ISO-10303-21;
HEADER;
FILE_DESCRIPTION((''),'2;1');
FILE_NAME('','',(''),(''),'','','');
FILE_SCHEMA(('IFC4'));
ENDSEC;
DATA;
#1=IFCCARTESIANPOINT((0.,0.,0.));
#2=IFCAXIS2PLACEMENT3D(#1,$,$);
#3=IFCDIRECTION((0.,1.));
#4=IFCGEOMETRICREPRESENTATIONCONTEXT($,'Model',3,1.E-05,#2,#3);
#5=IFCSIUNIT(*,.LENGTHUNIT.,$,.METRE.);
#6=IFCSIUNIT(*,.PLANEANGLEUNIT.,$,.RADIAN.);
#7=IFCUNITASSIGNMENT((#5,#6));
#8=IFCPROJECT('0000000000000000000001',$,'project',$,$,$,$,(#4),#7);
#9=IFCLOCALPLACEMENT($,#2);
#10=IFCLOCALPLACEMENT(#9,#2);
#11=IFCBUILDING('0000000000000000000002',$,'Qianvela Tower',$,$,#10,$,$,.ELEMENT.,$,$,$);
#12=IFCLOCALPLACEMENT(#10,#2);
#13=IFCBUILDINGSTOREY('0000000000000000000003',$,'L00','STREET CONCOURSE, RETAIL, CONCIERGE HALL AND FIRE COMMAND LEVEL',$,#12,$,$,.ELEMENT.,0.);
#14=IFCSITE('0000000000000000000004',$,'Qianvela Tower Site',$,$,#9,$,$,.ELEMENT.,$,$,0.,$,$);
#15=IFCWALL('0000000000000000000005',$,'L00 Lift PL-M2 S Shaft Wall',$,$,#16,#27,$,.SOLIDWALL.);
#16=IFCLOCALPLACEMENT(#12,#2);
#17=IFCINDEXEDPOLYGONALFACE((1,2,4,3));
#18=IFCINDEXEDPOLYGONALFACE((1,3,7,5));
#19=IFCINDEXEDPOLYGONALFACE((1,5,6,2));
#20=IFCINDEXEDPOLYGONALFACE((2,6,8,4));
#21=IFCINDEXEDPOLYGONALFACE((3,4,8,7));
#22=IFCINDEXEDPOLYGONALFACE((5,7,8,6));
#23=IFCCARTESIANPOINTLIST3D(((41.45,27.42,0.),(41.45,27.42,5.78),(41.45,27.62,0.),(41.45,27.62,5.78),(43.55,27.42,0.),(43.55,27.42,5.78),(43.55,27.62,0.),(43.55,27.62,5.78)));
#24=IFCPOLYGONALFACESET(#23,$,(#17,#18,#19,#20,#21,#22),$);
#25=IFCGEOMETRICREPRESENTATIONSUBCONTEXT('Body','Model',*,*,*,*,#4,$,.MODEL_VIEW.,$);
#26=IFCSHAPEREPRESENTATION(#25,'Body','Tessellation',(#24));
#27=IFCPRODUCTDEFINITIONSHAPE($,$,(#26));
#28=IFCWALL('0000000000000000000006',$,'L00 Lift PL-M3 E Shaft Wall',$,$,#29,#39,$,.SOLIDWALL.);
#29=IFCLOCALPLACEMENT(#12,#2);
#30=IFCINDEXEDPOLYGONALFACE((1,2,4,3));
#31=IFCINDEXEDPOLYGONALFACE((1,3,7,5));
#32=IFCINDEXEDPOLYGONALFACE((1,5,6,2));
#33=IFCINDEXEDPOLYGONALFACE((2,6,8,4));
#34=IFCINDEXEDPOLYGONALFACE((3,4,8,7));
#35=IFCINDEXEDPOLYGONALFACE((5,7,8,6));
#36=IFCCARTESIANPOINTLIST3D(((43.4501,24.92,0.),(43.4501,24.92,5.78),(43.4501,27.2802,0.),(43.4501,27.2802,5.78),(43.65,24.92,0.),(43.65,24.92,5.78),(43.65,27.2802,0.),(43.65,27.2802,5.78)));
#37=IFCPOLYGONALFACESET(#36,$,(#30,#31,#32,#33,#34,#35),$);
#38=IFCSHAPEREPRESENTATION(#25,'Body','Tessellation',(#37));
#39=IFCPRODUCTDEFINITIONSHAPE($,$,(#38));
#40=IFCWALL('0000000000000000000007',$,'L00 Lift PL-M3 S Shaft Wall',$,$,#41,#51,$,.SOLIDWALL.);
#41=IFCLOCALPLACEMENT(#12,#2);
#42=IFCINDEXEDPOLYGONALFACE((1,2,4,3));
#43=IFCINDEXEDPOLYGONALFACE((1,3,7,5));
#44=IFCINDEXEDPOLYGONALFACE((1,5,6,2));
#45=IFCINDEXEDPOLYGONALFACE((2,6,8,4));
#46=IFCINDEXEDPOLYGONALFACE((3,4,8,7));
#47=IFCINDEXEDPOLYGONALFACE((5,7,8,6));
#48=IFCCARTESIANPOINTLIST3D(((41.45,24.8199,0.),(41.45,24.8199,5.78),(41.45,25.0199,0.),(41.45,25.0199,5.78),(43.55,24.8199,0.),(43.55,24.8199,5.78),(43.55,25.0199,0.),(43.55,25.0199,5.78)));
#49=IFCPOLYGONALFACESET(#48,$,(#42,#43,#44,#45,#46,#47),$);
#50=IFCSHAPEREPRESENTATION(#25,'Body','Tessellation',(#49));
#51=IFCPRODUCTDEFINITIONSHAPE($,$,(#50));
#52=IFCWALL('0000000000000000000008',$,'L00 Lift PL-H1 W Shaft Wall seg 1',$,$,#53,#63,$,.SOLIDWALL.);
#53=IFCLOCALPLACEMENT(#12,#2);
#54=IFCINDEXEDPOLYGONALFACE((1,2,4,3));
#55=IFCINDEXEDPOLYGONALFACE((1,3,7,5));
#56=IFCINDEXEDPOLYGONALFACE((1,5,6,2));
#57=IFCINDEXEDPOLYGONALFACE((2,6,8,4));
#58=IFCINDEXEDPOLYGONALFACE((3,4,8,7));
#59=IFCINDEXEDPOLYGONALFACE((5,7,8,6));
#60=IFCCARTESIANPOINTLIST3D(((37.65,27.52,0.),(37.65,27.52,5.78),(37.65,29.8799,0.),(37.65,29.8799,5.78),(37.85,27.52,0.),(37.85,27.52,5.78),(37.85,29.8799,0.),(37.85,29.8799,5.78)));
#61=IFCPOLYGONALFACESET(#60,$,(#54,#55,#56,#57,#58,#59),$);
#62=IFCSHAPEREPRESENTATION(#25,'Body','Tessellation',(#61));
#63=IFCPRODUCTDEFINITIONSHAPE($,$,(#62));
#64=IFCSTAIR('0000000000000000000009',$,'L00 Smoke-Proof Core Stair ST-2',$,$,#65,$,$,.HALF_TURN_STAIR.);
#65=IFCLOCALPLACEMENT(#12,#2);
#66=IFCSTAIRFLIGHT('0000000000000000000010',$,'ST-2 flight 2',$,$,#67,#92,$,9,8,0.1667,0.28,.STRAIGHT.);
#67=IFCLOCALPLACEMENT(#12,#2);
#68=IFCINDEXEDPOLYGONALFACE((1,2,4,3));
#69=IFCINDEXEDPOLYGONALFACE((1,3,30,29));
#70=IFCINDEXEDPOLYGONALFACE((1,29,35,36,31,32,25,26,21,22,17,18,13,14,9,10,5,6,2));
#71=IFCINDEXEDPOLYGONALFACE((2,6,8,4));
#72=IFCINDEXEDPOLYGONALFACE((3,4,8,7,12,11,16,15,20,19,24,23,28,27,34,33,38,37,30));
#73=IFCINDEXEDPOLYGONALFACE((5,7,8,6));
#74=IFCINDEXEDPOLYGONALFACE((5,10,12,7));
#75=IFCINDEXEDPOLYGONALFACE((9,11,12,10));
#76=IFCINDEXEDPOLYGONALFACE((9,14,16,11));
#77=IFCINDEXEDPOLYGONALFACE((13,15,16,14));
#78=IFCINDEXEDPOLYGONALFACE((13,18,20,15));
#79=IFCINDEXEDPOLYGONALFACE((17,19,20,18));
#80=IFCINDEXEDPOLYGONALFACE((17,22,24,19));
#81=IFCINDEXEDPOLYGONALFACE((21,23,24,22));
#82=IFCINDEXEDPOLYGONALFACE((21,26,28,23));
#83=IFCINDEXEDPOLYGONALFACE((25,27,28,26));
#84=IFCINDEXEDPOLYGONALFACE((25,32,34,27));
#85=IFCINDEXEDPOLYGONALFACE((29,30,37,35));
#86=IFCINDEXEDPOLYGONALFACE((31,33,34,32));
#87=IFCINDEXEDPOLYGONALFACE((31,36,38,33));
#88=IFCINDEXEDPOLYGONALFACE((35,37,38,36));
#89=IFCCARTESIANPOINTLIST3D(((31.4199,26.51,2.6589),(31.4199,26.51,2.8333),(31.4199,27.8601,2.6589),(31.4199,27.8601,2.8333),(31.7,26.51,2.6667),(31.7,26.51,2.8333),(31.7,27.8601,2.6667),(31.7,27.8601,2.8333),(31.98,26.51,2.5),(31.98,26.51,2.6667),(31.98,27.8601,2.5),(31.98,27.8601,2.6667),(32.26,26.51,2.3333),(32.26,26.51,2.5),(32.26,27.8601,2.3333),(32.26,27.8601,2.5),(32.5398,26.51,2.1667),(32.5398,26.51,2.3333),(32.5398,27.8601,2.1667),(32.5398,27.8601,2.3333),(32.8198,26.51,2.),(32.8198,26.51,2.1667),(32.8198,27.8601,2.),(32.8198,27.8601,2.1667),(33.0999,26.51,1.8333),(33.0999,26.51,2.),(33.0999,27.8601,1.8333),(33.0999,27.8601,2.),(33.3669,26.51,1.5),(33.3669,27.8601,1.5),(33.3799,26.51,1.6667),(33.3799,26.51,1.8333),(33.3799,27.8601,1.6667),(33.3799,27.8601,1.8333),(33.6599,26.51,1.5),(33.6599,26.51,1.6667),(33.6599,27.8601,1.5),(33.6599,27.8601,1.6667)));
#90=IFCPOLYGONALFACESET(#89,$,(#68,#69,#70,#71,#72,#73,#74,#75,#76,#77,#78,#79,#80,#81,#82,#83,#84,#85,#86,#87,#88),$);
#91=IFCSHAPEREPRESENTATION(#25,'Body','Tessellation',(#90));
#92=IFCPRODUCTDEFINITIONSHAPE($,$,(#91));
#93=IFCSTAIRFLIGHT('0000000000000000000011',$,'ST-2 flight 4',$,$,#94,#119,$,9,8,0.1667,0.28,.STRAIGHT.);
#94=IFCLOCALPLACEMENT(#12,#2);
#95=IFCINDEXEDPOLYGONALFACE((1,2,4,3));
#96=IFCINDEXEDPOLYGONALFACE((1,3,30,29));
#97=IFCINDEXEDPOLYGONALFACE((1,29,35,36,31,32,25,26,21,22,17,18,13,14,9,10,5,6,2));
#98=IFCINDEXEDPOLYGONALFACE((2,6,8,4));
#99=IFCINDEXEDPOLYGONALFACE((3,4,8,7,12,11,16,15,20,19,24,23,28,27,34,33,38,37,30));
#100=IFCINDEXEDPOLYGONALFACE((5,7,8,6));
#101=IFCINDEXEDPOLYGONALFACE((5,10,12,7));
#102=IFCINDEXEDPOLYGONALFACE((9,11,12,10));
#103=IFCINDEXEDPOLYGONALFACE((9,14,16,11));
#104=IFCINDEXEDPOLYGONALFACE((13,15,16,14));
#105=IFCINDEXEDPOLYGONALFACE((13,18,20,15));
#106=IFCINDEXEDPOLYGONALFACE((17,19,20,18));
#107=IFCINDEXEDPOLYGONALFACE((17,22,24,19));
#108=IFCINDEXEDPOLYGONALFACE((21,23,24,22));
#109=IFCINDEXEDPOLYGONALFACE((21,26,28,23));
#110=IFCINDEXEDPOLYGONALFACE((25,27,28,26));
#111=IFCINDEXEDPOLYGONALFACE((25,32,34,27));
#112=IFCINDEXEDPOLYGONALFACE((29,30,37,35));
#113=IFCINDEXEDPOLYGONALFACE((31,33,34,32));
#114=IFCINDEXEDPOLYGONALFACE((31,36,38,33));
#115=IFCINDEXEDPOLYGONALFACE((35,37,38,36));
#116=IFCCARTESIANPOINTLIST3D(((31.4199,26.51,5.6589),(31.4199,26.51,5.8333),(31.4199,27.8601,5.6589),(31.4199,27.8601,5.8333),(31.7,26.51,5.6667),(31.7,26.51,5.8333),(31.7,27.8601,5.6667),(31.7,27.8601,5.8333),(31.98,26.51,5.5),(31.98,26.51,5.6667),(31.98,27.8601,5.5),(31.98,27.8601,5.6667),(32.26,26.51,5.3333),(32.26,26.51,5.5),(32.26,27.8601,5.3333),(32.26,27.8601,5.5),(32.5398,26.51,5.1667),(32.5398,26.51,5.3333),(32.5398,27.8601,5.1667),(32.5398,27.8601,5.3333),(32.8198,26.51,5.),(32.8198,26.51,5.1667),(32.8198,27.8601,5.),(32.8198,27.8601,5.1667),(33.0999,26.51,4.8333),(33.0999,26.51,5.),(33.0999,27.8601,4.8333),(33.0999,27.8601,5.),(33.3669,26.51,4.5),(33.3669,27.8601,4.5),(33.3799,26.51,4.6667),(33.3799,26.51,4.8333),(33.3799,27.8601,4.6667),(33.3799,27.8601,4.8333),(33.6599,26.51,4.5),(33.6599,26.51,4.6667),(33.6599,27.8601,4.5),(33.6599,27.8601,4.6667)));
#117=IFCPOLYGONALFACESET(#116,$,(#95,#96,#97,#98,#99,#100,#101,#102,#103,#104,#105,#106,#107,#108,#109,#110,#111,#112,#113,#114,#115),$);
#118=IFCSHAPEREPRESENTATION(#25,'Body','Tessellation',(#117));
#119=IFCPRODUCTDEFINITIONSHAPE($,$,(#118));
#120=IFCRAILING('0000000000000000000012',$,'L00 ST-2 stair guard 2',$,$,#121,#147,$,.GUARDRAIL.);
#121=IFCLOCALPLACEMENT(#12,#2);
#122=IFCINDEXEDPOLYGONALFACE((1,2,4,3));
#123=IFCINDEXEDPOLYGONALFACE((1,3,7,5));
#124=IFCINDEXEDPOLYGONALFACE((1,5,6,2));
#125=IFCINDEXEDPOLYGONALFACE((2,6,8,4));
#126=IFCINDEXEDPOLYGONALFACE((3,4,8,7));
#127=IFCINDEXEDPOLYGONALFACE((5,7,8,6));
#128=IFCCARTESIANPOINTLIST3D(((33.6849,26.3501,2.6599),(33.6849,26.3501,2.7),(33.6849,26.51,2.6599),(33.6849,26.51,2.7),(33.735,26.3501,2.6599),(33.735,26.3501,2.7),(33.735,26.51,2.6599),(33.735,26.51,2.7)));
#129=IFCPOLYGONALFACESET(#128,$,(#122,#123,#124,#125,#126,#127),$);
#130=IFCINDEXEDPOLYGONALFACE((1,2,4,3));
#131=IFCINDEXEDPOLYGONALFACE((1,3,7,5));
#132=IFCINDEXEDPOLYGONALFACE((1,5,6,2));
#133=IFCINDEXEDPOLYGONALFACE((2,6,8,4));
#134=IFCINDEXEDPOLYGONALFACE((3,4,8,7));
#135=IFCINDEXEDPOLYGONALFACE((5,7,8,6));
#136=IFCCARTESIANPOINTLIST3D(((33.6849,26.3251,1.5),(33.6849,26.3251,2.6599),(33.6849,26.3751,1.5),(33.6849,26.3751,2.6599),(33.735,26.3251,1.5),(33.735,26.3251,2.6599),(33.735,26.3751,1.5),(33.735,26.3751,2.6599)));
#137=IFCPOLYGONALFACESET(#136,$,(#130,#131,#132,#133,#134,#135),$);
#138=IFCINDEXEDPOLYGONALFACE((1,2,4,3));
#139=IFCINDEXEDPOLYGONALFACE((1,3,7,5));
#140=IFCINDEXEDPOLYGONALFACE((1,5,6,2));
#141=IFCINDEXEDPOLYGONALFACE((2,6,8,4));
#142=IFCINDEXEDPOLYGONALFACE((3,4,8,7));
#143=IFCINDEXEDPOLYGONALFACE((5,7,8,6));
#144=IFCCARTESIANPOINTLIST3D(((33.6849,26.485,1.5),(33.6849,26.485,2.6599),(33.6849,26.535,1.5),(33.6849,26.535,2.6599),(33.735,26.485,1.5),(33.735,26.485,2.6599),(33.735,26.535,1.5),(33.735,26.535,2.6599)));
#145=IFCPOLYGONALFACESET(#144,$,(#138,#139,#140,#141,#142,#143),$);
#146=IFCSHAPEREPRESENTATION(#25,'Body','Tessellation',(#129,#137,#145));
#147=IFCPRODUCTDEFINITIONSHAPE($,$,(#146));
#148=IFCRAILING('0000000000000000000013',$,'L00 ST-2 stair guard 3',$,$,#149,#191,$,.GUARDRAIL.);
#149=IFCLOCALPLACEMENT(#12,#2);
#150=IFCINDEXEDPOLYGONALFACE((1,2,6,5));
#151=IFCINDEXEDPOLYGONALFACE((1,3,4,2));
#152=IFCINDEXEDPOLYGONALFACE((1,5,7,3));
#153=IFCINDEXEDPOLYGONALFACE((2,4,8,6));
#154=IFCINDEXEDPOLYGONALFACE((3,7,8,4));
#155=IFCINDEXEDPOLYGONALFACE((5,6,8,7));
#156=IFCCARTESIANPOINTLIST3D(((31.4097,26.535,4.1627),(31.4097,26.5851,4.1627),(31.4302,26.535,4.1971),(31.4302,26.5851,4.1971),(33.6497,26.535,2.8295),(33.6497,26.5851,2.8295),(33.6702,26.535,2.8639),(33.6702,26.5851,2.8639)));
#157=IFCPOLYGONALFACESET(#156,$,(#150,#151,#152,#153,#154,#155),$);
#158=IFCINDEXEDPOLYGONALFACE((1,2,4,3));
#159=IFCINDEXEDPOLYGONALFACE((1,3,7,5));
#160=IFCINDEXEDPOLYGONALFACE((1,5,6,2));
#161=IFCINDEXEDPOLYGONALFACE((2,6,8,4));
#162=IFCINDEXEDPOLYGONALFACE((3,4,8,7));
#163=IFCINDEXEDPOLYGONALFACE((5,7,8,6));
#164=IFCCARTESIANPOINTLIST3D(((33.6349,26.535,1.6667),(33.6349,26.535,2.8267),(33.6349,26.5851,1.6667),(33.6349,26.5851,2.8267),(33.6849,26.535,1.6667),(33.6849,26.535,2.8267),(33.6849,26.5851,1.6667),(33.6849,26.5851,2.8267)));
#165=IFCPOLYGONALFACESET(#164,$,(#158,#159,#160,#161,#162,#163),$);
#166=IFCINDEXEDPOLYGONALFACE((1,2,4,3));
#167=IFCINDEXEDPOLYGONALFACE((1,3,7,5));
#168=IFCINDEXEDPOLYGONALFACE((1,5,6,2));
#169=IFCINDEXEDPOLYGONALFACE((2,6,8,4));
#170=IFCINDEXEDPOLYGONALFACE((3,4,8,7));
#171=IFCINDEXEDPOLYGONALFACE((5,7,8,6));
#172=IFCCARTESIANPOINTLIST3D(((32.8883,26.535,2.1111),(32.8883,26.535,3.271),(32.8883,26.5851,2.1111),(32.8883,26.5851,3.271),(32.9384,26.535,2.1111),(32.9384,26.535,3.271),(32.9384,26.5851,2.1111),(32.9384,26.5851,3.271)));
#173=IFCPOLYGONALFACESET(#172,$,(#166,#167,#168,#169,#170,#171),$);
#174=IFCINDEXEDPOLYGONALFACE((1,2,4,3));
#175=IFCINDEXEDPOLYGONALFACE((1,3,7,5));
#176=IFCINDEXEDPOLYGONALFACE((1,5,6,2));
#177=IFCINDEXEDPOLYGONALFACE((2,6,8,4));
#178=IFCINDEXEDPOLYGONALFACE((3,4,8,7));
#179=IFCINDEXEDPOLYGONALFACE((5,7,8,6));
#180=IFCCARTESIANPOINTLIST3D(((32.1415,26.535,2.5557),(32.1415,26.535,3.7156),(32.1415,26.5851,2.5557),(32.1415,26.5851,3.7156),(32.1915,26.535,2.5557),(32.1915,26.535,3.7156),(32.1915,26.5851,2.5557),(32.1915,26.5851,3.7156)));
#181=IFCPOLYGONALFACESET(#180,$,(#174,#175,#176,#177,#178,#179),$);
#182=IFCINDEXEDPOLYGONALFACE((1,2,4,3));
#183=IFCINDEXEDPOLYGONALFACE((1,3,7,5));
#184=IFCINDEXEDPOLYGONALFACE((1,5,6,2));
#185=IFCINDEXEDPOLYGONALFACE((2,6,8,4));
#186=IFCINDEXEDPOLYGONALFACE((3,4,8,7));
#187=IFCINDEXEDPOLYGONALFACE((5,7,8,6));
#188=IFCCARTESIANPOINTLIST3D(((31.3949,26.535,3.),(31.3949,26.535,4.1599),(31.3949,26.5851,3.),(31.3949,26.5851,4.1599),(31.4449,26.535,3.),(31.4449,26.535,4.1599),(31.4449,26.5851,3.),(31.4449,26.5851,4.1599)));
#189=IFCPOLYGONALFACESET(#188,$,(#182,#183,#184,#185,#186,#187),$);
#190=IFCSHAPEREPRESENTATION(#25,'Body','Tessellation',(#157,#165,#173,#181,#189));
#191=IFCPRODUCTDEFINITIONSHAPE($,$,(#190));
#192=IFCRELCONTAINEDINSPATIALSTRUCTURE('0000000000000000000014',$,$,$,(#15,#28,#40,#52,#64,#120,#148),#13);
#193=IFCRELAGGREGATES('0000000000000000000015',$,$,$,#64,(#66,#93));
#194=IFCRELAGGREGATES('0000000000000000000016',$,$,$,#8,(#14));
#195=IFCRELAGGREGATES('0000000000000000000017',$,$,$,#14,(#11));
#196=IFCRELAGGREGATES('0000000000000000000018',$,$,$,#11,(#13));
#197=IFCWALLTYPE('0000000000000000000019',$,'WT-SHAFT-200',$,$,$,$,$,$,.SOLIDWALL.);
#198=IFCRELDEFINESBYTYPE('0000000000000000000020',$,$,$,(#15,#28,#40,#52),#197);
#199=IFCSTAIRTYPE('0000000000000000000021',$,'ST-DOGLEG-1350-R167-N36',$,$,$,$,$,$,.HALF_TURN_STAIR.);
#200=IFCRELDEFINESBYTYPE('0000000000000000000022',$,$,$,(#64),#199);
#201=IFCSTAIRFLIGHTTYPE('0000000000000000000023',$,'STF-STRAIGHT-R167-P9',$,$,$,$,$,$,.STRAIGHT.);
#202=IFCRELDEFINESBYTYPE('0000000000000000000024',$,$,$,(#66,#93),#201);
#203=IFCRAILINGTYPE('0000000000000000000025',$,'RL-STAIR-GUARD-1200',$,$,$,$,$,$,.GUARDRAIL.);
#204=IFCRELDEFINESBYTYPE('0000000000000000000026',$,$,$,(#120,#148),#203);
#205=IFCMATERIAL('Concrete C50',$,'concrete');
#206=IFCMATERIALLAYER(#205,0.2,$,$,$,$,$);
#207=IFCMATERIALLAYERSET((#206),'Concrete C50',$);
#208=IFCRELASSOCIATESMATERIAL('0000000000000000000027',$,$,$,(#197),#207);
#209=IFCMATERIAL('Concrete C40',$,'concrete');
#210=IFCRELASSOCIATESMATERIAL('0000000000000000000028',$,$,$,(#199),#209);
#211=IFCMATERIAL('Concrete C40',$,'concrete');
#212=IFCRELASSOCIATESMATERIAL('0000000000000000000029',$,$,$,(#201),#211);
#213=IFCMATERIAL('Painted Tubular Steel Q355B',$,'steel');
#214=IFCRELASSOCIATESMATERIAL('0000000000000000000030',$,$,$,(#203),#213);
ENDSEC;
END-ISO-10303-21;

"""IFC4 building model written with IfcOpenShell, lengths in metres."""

from ifc_helpers import new_model, si_unit, direction, frame, frame_2d, origin, origin_2d, place, context, subcontext, project, spatial, polyline, rectangle, outline, extrude, material, layer, layer_set, type_object, element, aggregate, save


model = new_model("IFC4")

# Units and contexts
model_context = context("Model", 3, precision=1e-05, world=origin(), true_north=direction((0.0, 1.0)))
body_context = subcontext(model_context, "Body", "Model", "MODEL_VIEW")
ifc_project = project(units=[si_unit("LENGTHUNIT", "METRE"), si_unit("PLANEANGLEUNIT", "RADIAN")], contexts=[model_context])

# Site, building, storey
site_placement = place(None, origin())
site = spatial("IfcSite", under=ifc_project, at=site_placement, Name="Qianvela Tower Site", CompositionType="ELEMENT", RefElevation=0.0)
building_placement = place(site_placement, origin())
building = spatial("IfcBuilding", under=site, at=building_placement, Name="Qianvela Tower", CompositionType="ELEMENT")
storey_placement = place(building_placement, origin())
storey = spatial("IfcBuildingStorey", under=building, at=storey_placement, Name="L00", Description="STREET CONCOURSE, RETAIL, CONCIERGE HALL AND FIRE COMMAND LEVEL", CompositionType="ELEMENT", Elevation=0.0)

# Shared definitions
ifc_material_1 = material(Name="Concrete C50", Category="concrete")
ifc_layer_1 = layer(ifc_material_1, 0.2)
ifc_layer_set_1 = layer_set([ifc_layer_1], Name="Concrete C50")
wall_type_1 = type_object("IfcWallType", Name="WT-SHAFT-200", PredefinedType="SOLIDWALL", material=ifc_layer_set_1)

# Walls
wall_1_placement = place(storey_placement, frame((41.45, 27.52, 0.0), z_axis=(0.0, 0.0, 1.0), x_axis=(1.0, 0.0, 0.0)))
element("IfcWall", 1, at=wall_1_placement, inside=storey, type_object=wall_type_1, Name="L00 Lift PL-M2 S Shaft Wall", PredefinedType="SOLIDWALL", context=body_context, shape_type="SweptSolid", body=[
    extrude(rectangle(XDim=2.1001, YDim=0.2, at=frame_2d((1.05, 0.0))), origin(), (0.0, 0.0, 1.0), 5.78),
])
wall_2_placement = place(storey_placement, frame((43.55, 24.9199, 0.0), z_axis=(0.0, 0.0, 1.0), x_axis=(0.0, 1.0, 0.0)))
element("IfcWall", 2, at=wall_2_placement, inside=storey, type_object=wall_type_1, Name="L00 Lift PL-M3 E Shaft Wall", PredefinedType="SOLIDWALL", context=body_context, shape_type="SweptSolid", body=[
    extrude(rectangle(XDim=2.3601, YDim=0.2, at=frame_2d((1.1802, 0.0))), origin(), (0.0, 0.0, 1.0), 5.78),
])

# Wall
wall_3_placement = place(storey_placement, frame((41.45, 24.9199, 0.0), z_axis=(0.0, 0.0, 1.0), x_axis=(1.0, 0.0, 0.0)))
element("IfcWall", 3, at=wall_3_placement, inside=storey, type_object=wall_type_1, Name="L00 Lift PL-M3 S Shaft Wall", PredefinedType="SOLIDWALL", context=body_context, shape_type="SweptSolid", body=[
    extrude(rectangle(XDim=2.1001, YDim=0.2, at=frame_2d((1.05, 0.0))), origin(), (0.0, 0.0, 1.0), 5.78),
])

# Wall
wall_4_placement = place(storey_placement, frame((37.75, 27.52, 0.0), z_axis=(0.0, 0.0, 1.0), x_axis=(0.0, 1.0, 0.0)))
element("IfcWall", 4, at=wall_4_placement, inside=storey, type_object=wall_type_1, Name="L00 Lift PL-H1 W Shaft Wall seg 1", PredefinedType="SOLIDWALL", context=body_context, shape_type="SweptSolid", body=[
    extrude(rectangle(XDim=2.3599, YDim=0.2, at=frame_2d((1.1799, 0.0))), origin(), (0.0, 0.0, 1.0), 5.78),
])

# Stair, stair flights
ifc_material_2 = material(Name="Concrete C40", Category="concrete")
stair_type = type_object("IfcStairType", Name="ST-DOGLEG-1350-R167-N36", PredefinedType="HALF_TURN_STAIR", material=ifc_material_2)
stair_placement = place(storey_placement, origin())
stair = element("IfcStair", 5, at=stair_placement, inside=storey, type_object=stair_type, Name="L00 Smoke-Proof Core Stair ST-2", PredefinedType="HALF_TURN_STAIR")
ifc_material_3 = material(Name="Concrete C40", Category="concrete")
stair_flight_type = type_object("IfcStairFlightType", Name="STF-STRAIGHT-R167-P9", PredefinedType="STRAIGHT", material=ifc_material_3)
stair_flight_1_placement = place(storey_placement, frame((33.6599, 27.1851, 1.5), z_axis=(0.0, 0.0, 1.0), x_axis=(-1.0, 0.0, 0.0)))
stair_flight_1 = element("IfcStairFlight", 6, at=stair_flight_1_placement, type_object=stair_flight_type, Name="ST-2 flight 2", NumberOfRisers=9, NumberOfTreads=8, PredefinedType="STRAIGHT", RiserHeight=0.1667, TreadLength=0.28, context=body_context, shape_type="SweptSolid", body=[
    extrude(outline(polyline([(0.0, 0.0), (0.0, 0.1667), (0.28, 0.1667), (0.28, 0.3333), (0.5601, 0.3333), (0.5601, 0.5), (0.8401, 0.5), (0.8401, 0.6667), (1.1201, 0.6667), (1.1201, 0.8333), (1.3999, 0.8333), (1.3999, 1.0), (1.6799, 1.0), (1.6799, 1.1667), (1.96, 1.1667), (1.96, 1.3333), (2.24, 1.3333), (2.24, 1.5), (2.24, 1.1589), (0.293, 0.0), (0.0, 0.0)])), frame((0.0, 0.675, 0.0), z_axis=(0.0, -1.0, 0.0), x_axis=(1.0, 0.0, 0.0)), (0.0, 0.0, 1.0), 1.3501),
])
stair_flight_2_placement = place(storey_placement, frame((33.6599, 27.1851, 4.5), z_axis=(0.0, 0.0, 1.0), x_axis=(-1.0, 0.0, 0.0)))
stair_flight_2 = element("IfcStairFlight", 7, at=stair_flight_2_placement, type_object=stair_flight_type, Name="ST-2 flight 4", NumberOfRisers=9, NumberOfTreads=8, PredefinedType="STRAIGHT", RiserHeight=0.1667, TreadLength=0.28, context=body_context, shape_type="SweptSolid", body=[
    extrude(outline(polyline([(0.0, 0.0), (0.0, 0.1667), (0.28, 0.1667), (0.28, 0.3333), (0.5601, 0.3333), (0.5601, 0.5), (0.8401, 0.5), (0.8401, 0.6667), (1.1201, 0.6667), (1.1201, 0.8333), (1.3999, 0.8333), (1.3999, 1.0), (1.6799, 1.0), (1.6799, 1.1667), (1.96, 1.1667), (1.96, 1.3333), (2.24, 1.3333), (2.24, 1.5), (2.24, 1.1589), (0.293, 0.0), (0.0, 0.0)])), frame((0.0, 0.675, 0.0), z_axis=(0.0, -1.0, 0.0), x_axis=(1.0, 0.0, 0.0)), (0.0, 0.0, 1.0), 1.3501),
])
aggregate(stair, [stair_flight_1, stair_flight_2])

# Railings
ifc_material_4 = material(Name="Painted Tubular Steel Q355B", Category="steel")
railing_type_1 = type_object("IfcRailingType", Name="RL-STAIR-GUARD-1200", PredefinedType="GUARDRAIL", material=ifc_material_4)
railing_1_placement = place(storey_placement, frame((33.71, 26.3501, 1.5)))
element("IfcRailing", 8, at=railing_1_placement, inside=storey, type_object=railing_type_1, Name="L00 ST-2 stair guard 2", PredefinedType="GUARDRAIL", context=body_context, shape_type="SweptSolid", body=[
    extrude(rectangle(XDim=0.05, YDim=0.04, at=origin_2d()), frame((0.0, 0.0, 1.1799), z_axis=(0.0, 1.0, 0.0), x_axis=(-1.0, 0.0, 0.0)), (0.0, 0.0, 1.0), 0.1599),
    extrude(rectangle(XDim=0.05, YDim=0.05, at=origin_2d()), origin(), (0.0, 0.0, 1.0), 1.1599),
    extrude(rectangle(XDim=0.05, YDim=0.05, at=origin_2d()), frame((0.0, 0.1599, 0.0)), (0.0, 0.0, 1.0), 1.1599),
])
railing_2_placement = place(storey_placement, frame((33.6599, 26.5601, 1.6667)))
element("IfcRailing", 9, at=railing_2_placement, inside=storey, type_object=railing_type_1, Name="L00 ST-2 stair guard 3", PredefinedType="GUARDRAIL", context=body_context, shape_type="SweptSolid", body=[
    extrude(rectangle(XDim=0.05, YDim=0.04, at=origin_2d()), frame((0.0, 0.0, 1.1799), z_axis=(-0.859306, 0.0, 0.511462), x_axis=(0.0, -1.0, 0.0)), (0.0, 0.0, 1.0), 2.6067),
    extrude(rectangle(XDim=0.05, YDim=0.05, at=origin_2d()), origin(), (0.0, 0.0, 1.0), 1.1599),
    extrude(rectangle(XDim=0.05, YDim=0.05, at=origin_2d()), frame((-0.7466, 0.0, 0.4443)), (0.0, 0.0, 1.0), 1.1599),
    extrude(rectangle(XDim=0.05, YDim=0.05, at=origin_2d()), frame((-1.4934, 0.0, 0.8889)), (0.0, 0.0, 1.0), 1.1599),
    extrude(rectangle(XDim=0.05, YDim=0.05, at=origin_2d()), frame((-2.24, 0.0, 1.3333)), (0.0, 0.0, 1.0), 1.1599),
])

save(model, "model.ifc")
